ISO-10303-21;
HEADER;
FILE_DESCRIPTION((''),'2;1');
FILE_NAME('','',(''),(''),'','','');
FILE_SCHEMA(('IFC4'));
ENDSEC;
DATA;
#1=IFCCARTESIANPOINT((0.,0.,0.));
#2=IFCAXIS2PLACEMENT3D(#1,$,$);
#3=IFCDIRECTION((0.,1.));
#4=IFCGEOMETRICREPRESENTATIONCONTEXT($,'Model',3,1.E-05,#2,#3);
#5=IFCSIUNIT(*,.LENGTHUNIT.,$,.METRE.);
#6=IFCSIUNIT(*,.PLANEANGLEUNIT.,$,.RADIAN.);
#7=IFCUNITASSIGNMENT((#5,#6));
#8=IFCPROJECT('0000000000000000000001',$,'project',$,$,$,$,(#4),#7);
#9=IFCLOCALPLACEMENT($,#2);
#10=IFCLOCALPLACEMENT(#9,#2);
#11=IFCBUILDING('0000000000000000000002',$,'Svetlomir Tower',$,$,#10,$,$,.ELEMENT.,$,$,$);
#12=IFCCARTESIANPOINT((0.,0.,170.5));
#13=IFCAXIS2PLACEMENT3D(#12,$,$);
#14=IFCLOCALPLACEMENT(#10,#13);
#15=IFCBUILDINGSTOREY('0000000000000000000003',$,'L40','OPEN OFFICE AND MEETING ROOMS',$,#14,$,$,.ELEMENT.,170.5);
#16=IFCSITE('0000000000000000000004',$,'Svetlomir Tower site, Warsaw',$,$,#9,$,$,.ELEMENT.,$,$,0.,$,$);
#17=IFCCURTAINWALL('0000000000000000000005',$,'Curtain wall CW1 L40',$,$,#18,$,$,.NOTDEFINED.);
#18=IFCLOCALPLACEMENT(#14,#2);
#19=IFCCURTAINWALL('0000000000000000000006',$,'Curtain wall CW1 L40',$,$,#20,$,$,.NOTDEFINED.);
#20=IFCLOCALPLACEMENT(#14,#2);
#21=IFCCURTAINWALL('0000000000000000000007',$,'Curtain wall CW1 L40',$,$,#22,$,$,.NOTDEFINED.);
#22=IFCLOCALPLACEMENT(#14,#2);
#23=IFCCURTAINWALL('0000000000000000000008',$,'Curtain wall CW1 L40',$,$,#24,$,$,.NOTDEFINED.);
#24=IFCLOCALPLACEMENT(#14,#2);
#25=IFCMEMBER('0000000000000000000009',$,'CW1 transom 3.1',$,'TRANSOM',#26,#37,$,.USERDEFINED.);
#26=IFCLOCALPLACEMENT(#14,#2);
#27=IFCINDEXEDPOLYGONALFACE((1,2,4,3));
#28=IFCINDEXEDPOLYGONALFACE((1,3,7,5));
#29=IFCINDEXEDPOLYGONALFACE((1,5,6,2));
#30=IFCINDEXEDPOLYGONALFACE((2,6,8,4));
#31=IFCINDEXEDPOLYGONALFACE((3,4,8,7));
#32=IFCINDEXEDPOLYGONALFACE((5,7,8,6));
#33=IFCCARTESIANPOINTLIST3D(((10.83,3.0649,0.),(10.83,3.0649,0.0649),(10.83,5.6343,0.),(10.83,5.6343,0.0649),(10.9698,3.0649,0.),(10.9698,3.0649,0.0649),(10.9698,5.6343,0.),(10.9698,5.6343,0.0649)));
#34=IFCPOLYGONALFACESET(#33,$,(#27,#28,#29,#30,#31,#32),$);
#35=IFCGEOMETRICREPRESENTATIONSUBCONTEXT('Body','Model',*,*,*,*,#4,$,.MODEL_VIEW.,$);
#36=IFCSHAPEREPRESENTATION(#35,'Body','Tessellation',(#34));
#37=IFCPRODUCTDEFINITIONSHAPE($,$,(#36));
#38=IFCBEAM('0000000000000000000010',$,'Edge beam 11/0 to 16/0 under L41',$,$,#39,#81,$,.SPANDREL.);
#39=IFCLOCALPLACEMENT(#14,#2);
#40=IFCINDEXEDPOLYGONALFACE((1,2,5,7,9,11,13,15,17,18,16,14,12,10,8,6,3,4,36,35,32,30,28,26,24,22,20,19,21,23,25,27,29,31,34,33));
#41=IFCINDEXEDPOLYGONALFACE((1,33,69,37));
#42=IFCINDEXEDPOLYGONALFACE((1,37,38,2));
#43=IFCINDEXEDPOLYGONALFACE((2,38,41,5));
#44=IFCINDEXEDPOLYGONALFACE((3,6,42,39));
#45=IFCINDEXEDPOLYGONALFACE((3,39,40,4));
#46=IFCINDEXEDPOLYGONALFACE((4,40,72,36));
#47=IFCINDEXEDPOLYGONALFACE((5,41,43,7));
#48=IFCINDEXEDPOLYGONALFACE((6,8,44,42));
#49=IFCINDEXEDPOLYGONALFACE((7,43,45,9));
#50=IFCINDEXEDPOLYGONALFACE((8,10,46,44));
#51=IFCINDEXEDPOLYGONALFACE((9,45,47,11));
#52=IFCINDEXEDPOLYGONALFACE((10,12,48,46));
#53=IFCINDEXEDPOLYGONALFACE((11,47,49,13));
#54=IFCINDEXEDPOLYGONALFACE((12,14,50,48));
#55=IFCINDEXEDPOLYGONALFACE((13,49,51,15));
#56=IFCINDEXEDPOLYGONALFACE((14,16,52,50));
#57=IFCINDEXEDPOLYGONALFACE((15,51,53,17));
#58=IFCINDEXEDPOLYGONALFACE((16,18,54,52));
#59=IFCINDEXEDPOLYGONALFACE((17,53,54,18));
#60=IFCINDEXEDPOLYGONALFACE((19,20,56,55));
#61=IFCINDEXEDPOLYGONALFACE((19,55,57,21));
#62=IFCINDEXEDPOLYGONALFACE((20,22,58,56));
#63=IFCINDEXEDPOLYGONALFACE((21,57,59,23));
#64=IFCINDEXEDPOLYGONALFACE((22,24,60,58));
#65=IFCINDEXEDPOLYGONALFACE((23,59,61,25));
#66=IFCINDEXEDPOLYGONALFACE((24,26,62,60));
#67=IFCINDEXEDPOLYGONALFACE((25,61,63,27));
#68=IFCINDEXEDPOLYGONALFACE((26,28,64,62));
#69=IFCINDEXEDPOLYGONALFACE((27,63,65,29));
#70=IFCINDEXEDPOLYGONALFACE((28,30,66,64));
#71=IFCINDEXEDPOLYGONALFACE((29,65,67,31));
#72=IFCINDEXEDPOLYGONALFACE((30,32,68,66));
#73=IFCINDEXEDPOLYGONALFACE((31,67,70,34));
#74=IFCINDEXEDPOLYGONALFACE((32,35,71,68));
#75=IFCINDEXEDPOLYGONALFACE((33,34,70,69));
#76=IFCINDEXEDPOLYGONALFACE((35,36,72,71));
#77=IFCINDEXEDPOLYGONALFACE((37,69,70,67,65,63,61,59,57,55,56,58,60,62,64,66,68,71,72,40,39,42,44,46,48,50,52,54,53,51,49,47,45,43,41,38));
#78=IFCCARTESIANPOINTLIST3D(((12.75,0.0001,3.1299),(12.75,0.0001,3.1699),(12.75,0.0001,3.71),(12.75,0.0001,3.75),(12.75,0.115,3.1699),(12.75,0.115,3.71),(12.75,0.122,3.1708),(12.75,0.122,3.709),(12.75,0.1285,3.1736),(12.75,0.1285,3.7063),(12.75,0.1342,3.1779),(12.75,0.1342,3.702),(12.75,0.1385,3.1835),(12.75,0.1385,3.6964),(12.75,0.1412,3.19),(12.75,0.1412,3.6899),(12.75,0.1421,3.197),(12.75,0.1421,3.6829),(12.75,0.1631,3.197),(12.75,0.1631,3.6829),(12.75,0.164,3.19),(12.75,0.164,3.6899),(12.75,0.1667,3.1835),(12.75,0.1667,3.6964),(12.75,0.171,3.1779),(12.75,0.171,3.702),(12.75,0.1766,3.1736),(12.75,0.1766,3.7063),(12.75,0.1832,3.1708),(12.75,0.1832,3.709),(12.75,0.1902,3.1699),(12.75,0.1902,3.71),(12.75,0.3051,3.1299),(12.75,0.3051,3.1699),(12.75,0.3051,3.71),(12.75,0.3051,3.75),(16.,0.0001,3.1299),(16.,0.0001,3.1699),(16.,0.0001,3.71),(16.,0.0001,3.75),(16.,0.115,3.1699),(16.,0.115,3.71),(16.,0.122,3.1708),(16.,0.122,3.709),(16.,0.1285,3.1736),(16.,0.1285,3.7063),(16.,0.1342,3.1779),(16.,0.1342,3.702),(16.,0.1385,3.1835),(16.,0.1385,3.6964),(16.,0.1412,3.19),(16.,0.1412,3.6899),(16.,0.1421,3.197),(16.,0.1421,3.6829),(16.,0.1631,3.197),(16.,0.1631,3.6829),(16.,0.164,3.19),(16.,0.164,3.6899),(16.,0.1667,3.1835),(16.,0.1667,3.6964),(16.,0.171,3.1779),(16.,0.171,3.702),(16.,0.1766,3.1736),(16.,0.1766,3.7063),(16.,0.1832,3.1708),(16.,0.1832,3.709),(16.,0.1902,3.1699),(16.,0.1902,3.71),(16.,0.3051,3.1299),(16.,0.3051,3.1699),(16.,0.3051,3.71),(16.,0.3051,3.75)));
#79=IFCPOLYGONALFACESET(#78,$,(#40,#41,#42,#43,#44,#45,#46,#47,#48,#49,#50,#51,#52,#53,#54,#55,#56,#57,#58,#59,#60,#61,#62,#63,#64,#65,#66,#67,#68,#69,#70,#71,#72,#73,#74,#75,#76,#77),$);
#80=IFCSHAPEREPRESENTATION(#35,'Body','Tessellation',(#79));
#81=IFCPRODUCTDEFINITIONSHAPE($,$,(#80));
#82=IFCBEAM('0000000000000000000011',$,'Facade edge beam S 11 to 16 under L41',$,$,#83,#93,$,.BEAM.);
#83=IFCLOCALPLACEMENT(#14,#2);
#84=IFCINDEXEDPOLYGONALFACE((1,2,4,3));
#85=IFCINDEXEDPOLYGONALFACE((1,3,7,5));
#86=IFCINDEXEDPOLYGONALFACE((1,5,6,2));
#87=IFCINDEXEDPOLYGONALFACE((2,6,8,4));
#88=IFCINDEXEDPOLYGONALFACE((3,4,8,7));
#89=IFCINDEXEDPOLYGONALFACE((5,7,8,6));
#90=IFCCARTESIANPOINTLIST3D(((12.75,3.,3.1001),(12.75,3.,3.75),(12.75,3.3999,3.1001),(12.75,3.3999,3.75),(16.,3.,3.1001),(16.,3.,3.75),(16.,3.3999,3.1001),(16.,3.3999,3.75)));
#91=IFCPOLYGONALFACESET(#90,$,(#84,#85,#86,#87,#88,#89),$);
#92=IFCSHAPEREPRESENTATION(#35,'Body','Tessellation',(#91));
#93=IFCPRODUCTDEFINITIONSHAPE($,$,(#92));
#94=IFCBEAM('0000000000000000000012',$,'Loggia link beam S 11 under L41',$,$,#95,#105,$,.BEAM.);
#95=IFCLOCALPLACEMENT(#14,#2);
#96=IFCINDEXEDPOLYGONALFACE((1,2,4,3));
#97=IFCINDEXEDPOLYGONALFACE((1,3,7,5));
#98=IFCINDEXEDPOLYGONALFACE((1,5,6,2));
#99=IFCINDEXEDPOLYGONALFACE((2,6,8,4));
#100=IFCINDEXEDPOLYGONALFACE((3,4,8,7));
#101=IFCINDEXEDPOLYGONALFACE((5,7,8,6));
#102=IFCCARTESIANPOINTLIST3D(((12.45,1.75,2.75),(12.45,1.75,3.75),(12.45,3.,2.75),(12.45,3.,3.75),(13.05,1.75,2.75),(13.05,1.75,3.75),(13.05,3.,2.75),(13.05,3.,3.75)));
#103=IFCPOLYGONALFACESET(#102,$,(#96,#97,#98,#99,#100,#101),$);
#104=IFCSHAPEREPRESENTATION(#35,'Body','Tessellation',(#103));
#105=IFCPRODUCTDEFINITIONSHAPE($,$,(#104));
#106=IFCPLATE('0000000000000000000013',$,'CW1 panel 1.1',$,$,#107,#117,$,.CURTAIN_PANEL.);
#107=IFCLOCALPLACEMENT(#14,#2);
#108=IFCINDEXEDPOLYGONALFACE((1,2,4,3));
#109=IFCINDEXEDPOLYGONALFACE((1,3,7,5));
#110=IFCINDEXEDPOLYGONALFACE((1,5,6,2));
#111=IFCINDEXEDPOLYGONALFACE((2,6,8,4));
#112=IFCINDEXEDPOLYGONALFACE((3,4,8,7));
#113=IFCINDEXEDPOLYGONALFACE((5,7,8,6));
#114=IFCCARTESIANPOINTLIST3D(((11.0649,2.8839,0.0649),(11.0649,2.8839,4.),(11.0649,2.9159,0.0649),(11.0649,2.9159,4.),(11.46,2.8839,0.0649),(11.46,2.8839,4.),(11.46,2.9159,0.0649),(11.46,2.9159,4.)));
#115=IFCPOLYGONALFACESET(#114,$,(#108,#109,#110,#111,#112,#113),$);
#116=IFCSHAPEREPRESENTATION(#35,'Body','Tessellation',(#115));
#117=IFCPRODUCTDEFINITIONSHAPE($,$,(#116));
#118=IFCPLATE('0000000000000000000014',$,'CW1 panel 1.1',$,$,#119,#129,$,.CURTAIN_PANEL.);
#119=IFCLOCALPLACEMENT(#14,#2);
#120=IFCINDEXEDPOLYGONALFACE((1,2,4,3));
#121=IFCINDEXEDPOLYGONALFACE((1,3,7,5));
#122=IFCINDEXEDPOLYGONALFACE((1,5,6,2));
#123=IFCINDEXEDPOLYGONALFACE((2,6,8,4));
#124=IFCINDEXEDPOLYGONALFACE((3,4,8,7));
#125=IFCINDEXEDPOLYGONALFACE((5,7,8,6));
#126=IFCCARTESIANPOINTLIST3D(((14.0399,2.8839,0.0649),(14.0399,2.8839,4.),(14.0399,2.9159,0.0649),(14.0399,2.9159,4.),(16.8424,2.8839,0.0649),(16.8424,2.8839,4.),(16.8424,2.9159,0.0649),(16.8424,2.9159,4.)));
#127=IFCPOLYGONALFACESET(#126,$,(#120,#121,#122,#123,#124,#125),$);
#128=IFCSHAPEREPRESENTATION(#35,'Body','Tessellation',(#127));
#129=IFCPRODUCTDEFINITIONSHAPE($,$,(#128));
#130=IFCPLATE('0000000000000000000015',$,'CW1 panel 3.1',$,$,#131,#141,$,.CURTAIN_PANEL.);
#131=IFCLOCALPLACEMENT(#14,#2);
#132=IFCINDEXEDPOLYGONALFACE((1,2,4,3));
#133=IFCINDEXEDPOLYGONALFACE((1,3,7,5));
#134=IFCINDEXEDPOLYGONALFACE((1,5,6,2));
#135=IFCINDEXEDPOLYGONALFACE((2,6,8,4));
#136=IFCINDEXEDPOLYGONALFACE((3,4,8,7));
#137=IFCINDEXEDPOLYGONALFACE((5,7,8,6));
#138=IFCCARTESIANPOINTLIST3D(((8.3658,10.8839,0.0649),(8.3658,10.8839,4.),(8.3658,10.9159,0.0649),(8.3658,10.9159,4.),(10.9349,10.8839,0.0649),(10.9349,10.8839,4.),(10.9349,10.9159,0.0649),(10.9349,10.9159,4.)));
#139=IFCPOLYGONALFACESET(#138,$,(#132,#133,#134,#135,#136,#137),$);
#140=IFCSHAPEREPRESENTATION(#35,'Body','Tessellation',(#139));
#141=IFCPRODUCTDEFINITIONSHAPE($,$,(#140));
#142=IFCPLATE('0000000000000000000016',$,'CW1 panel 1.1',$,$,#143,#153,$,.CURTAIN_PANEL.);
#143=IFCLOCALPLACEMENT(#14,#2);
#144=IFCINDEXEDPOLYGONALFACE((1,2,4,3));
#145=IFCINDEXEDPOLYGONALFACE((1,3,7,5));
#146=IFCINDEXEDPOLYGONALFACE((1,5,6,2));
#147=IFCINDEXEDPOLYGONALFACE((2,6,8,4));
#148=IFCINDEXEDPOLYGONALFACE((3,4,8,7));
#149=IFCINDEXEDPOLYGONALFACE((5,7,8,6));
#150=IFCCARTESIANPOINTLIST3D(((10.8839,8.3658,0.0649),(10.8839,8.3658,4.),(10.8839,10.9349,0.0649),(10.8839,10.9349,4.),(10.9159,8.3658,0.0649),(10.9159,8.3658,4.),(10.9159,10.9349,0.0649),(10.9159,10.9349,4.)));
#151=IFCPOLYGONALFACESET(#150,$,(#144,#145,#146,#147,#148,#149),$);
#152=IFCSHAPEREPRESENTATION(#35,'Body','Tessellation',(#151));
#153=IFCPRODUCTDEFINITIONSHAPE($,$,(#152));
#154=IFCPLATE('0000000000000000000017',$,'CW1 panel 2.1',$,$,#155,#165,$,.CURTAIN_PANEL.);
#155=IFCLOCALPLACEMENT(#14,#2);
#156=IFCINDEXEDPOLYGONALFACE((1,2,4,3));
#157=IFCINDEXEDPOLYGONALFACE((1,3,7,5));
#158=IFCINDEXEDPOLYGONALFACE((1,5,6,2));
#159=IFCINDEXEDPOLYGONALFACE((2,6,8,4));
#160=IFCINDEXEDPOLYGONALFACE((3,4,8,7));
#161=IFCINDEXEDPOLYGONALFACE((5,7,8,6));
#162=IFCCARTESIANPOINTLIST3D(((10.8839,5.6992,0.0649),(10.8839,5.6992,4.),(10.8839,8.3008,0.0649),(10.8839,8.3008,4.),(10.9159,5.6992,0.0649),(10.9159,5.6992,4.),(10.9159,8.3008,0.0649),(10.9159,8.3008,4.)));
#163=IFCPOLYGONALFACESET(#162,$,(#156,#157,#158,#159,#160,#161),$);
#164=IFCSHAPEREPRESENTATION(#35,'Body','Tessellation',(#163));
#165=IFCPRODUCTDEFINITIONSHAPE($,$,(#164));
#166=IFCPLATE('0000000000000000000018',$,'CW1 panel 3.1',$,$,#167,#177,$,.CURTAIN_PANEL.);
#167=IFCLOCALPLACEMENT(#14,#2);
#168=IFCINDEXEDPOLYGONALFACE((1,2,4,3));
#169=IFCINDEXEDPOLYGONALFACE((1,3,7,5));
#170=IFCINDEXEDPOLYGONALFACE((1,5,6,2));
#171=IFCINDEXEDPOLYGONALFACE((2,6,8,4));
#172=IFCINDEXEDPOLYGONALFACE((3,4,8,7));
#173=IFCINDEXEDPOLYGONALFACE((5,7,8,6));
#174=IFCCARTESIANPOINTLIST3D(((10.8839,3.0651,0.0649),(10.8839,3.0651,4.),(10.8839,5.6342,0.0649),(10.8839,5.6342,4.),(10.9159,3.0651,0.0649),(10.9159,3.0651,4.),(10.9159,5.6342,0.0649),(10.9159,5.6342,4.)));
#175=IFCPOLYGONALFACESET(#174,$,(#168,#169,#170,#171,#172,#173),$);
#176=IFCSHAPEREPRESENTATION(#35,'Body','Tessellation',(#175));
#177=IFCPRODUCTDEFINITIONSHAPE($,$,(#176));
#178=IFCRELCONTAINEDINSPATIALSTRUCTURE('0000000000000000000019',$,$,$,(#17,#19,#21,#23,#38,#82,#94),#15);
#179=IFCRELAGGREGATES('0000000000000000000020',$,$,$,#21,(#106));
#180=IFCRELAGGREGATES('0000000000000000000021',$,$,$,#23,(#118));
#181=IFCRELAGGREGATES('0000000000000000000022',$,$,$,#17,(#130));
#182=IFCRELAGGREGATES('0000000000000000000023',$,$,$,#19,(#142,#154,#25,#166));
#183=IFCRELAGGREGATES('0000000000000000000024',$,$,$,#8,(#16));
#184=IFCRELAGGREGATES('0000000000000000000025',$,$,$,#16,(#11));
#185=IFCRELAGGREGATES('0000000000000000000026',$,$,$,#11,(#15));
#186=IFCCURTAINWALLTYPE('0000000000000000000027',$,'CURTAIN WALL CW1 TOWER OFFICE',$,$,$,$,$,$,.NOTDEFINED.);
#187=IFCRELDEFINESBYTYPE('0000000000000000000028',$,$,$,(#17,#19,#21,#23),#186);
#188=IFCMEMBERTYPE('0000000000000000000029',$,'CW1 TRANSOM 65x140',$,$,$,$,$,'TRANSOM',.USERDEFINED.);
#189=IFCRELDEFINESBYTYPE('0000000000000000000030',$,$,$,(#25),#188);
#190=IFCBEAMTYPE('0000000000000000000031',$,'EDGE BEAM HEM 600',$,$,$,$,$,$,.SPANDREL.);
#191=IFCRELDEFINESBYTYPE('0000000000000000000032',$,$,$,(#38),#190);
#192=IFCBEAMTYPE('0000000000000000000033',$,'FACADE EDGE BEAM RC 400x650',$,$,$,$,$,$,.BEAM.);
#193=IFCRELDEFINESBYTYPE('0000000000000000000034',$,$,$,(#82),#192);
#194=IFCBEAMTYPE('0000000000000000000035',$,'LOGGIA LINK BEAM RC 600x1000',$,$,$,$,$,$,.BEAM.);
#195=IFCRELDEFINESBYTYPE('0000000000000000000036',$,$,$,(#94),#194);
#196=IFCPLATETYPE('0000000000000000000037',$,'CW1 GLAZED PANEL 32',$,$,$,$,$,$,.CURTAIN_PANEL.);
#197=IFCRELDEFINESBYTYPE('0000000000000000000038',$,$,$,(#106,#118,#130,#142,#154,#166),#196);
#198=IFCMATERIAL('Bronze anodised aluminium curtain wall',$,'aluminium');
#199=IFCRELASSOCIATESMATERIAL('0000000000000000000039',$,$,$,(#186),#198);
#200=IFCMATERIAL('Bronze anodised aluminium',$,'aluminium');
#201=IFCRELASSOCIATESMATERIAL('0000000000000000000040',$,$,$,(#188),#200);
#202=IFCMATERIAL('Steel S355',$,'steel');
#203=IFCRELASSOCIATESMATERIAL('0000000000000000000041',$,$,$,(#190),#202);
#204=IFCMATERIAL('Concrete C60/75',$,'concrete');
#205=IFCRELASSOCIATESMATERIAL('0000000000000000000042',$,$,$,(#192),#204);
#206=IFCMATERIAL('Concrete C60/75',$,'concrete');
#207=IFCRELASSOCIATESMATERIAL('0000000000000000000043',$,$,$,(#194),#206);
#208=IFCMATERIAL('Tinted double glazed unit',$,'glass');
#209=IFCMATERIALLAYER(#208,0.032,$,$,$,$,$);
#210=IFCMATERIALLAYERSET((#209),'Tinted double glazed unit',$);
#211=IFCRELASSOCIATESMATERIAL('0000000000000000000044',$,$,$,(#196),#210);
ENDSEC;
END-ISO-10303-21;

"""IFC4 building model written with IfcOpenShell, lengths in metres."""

from ifc_helpers import new_model, si_unit, direction, frame, origin, origin_2d, place, context, subcontext, project, spatial, rectangle, i_section, extrude, material, layer, layer_set, material_profile, profile_set, type_object, element, aggregate, save


model = new_model("IFC4")

# Units and contexts
model_context = context("Model", 3, precision=1e-05, world=origin(), true_north=direction((0.0, 1.0)))
body_context = subcontext(model_context, "Body", "Model", "MODEL_VIEW")
ifc_project = project(units=[si_unit("LENGTHUNIT", "METRE"), si_unit("PLANEANGLEUNIT", "RADIAN")], contexts=[model_context])

# Site, building, storey
site_placement = place(None, origin())
site = spatial("IfcSite", under=ifc_project, at=site_placement, Name="Svetlomir Tower site, Warsaw", CompositionType="ELEMENT", RefElevation=0.0)
building_placement = place(site_placement, origin())
building = spatial("IfcBuilding", under=site, at=building_placement, Name="Svetlomir Tower", CompositionType="ELEMENT")
storey_placement = place(building_placement, frame((0.0, 0.0, 170.5)))
storey = spatial("IfcBuildingStorey", under=building, at=storey_placement, Name="L40", Description="OPEN OFFICE AND MEETING ROOMS", CompositionType="ELEMENT", Elevation=170.5)

# Curtain walls
ifc_material_1 = material(Name="Bronze anodised aluminium curtain wall", Category="aluminium")
curtain_wall_type = type_object("IfcCurtainWallType", Name="CURTAIN WALL CW1 TOWER OFFICE", PredefinedType="NOTDEFINED", material=ifc_material_1)
curtain_wall_1_placement = place(storey_placement, origin())
curtain_wall_1 = element("IfcCurtainWall", 1, at=curtain_wall_1_placement, inside=storey, type_object=curtain_wall_type, Name="Curtain wall CW1 L40", PredefinedType="NOTDEFINED")
curtain_wall_2_placement = place(storey_placement, origin())
curtain_wall_2 = element("IfcCurtainWall", 2, at=curtain_wall_2_placement, inside=storey, type_object=curtain_wall_type, Name="Curtain wall CW1 L40", PredefinedType="NOTDEFINED")

# Curtain wall
curtain_wall_3_placement = place(storey_placement, origin())
curtain_wall_3 = element("IfcCurtainWall", 3, at=curtain_wall_3_placement, inside=storey, type_object=curtain_wall_type, Name="Curtain wall CW1 L40", PredefinedType="NOTDEFINED")

# Curtain wall
curtain_wall_4_placement = place(storey_placement, origin())
curtain_wall_4 = element("IfcCurtainWall", 4, at=curtain_wall_4_placement, inside=storey, type_object=curtain_wall_type, Name="Curtain wall CW1 L40", PredefinedType="NOTDEFINED")

# Member
ifc_material_2 = material(Name="Bronze anodised aluminium", Category="aluminium")
ifc_material_profile_1 = material_profile(ifc_material_2, rectangle(XDim=0.1399, YDim=0.0649, at=origin_2d()), Name="AL 140x65")
ifc_profile_set_1 = profile_set([ifc_material_profile_1], Name="Bronze anodised aluminium 6063-T6")
member_type_1 = type_object("IfcMemberType", Name="CW1 TRANSOM 65x140", ElementType="TRANSOM", PredefinedType="USERDEFINED", material=ifc_profile_set_1)
member_1_placement = place(storey_placement, frame((10.8999, 5.6343, 0.0325), z_axis=(0.0, -1.0, 0.0), x_axis=(1.0, 0.0, 0.0)))
member_1 = element("IfcMember", 5, at=member_1_placement, type_object=member_type_1, Name="CW1 transom 3.1", ObjectType="TRANSOM", PredefinedType="USERDEFINED", context=body_context, shape_type="SweptSolid", body=[
    extrude(rectangle(XDim=0.1399, YDim=0.0649, at=origin_2d()), origin(), (0.0, 0.0, 1.0), 2.5693),
])

# Beams
ifc_material_3 = material(Name="Steel S355", Category="steel")
ifc_material_profile_2 = material_profile(ifc_material_3, i_section(OverallWidth=0.3049, OverallDepth=0.6201, WebThickness=0.021, FlangeThickness=0.04, FilletRadius=0.0271, at=origin_2d()), Name="HEM 600")
ifc_profile_set_2 = profile_set([ifc_material_profile_2], Name="Steel S355")
beam_type_1 = type_object("IfcBeamType", Name="EDGE BEAM HEM 600", PredefinedType="SPANDREL", material=ifc_profile_set_2)
beam_1_placement = place(storey_placement, frame((12.75, 0.1526, 3.4399), z_axis=(1.0, 0.0, 0.0), x_axis=(0.0, 1.0, 0.0)))
element("IfcBeam", 6, at=beam_1_placement, inside=storey, type_object=beam_type_1, Name="Edge beam 11/0 to 16/0 under L41", PredefinedType="SPANDREL", context=body_context, shape_type="SweptSolid", body=[
    extrude(i_section(OverallWidth=0.3049, OverallDepth=0.6201, WebThickness=0.021, FlangeThickness=0.04, FilletRadius=0.0271, at=origin_2d()), origin(), (0.0, 0.0, 1.0), 3.25),
])
ifc_material_4 = material(Name="Concrete C60/75", Category="concrete")
ifc_material_profile_3 = material_profile(ifc_material_4, rectangle(XDim=0.3999, YDim=0.6499, at=origin_2d()), Name="RC 400x650")
ifc_profile_set_3 = profile_set([ifc_material_profile_3], Name="Concrete C60/75")
beam_type_2 = type_object("IfcBeamType", Name="FACADE EDGE BEAM RC 400x650", PredefinedType="BEAM", material=ifc_profile_set_3)
beam_2_placement = place(storey_placement, frame((12.75, 3.2, 3.425), z_axis=(1.0, 0.0, 0.0), x_axis=(0.0, 1.0, 0.0)))
element("IfcBeam", 7, at=beam_2_placement, inside=storey, type_object=beam_type_2, Name="Facade edge beam S 11 to 16 under L41", PredefinedType="BEAM", context=body_context, shape_type="SweptSolid", body=[
    extrude(rectangle(XDim=0.3999, YDim=0.6499, at=origin_2d()), origin(), (0.0, 0.0, 1.0), 3.25),
])
ifc_material_5 = material(Name="Concrete C60/75", Category="concrete")
ifc_material_profile_4 = material_profile(ifc_material_5, rectangle(XDim=0.6001, YDim=1.0, at=origin_2d()), Name="RC 600x1000")
ifc_profile_set_4 = profile_set([ifc_material_profile_4], Name="Concrete C60/75")
beam_type_3 = type_object("IfcBeamType", Name="LOGGIA LINK BEAM RC 600x1000", PredefinedType="BEAM", material=ifc_profile_set_4)
beam_3_placement = place(storey_placement, frame((12.75, 1.75, 3.25), z_axis=(0.0, 1.0, 0.0), x_axis=(-1.0, 0.0, 0.0)))
element("IfcBeam", 8, at=beam_3_placement, inside=storey, type_object=beam_type_3, Name="Loggia link beam S 11 under L41", PredefinedType="BEAM", context=body_context, shape_type="SweptSolid", body=[
    extrude(rectangle(XDim=0.6001, YDim=1.0, at=origin_2d()), origin(), (0.0, 0.0, 1.0), 1.25),
])

# Plates
ifc_material_6 = material(Name="Tinted double glazed unit", Category="glass")
ifc_layer = layer(ifc_material_6, 0.032)
ifc_layer_set = layer_set([ifc_layer], Name="Tinted double glazed unit")
plate_type = type_object("IfcPlateType", Name="CW1 GLAZED PANEL 32", PredefinedType="CURTAIN_PANEL", material=ifc_layer_set)
plate_1_placement = place(storey_placement, frame((11.2625, 2.8999, 0.0649), z_axis=(0.0, 0.0, 1.0), x_axis=(1.0, 0.0, 0.0)))
plate_1 = element("IfcPlate", 9, at=plate_1_placement, type_object=plate_type, Name="CW1 panel 1.1", PredefinedType="CURTAIN_PANEL", context=body_context, shape_type="SweptSolid", body=[
    extrude(rectangle(XDim=0.395, YDim=0.032, at=origin_2d()), origin(), (0.0, 0.0, 1.0), 3.9351),
])
aggregate(curtain_wall_3, [plate_1])
plate_2_placement = place(storey_placement, frame((15.4412, 2.8999, 0.0649), z_axis=(0.0, 0.0, 1.0), x_axis=(1.0, 0.0, 0.0)))
plate_2 = element("IfcPlate", 10, at=plate_2_placement, type_object=plate_type, Name="CW1 panel 1.1", PredefinedType="CURTAIN_PANEL", context=body_context, shape_type="SweptSolid", body=[
    extrude(rectangle(XDim=2.8025, YDim=0.032, at=origin_2d()), origin(), (0.0, 0.0, 1.0), 3.9351),
])
aggregate(curtain_wall_4, [plate_2])
plate_3_placement = place(storey_placement, frame((9.6504, 10.8999, 0.0649), z_axis=(0.0, 0.0, 1.0), x_axis=(1.0, 0.0, 0.0)))
plate_3 = element("IfcPlate", 11, at=plate_3_placement, type_object=plate_type, Name="CW1 panel 3.1", PredefinedType="CURTAIN_PANEL", context=body_context, shape_type="SweptSolid", body=[
    extrude(rectangle(XDim=2.5691, YDim=0.032, at=origin_2d()), origin(), (0.0, 0.0, 1.0), 3.9351),
])
aggregate(curtain_wall_1, [plate_3])
plate_4_placement = place(storey_placement, frame((10.8999, 9.6504, 0.0649), z_axis=(0.0, 0.0, 1.0), x_axis=(0.0, -1.0, 0.0)))
plate_4 = element("IfcPlate", 12, at=plate_4_placement, type_object=plate_type, Name="CW1 panel 1.1", PredefinedType="CURTAIN_PANEL", context=body_context, shape_type="SweptSolid", body=[
    extrude(rectangle(XDim=2.5691, YDim=0.032, at=origin_2d()), origin(), (0.0, 0.0, 1.0), 3.9351),
])
plate_5_placement = place(storey_placement, frame((10.8999, 7.0, 0.0649), z_axis=(0.0, 0.0, 1.0), x_axis=(0.0, -1.0, 0.0)))
plate_5 = element("IfcPlate", 13, at=plate_5_placement, type_object=plate_type, Name="CW1 panel 2.1", PredefinedType="CURTAIN_PANEL", context=body_context, shape_type="SweptSolid", body=[
    extrude(rectangle(XDim=2.6016, YDim=0.032, at=origin_2d()), origin(), (0.0, 0.0, 1.0), 3.9351),
])
plate_6_placement = place(storey_placement, frame((10.8999, 4.3496, 0.0649), z_axis=(0.0, 0.0, 1.0), x_axis=(0.0, -1.0, 0.0)))
plate_6 = element("IfcPlate", 14, at=plate_6_placement, type_object=plate_type, Name="CW1 panel 3.1", PredefinedType="CURTAIN_PANEL", context=body_context, shape_type="SweptSolid", body=[
    extrude(rectangle(XDim=2.5691, YDim=0.032, at=origin_2d()), origin(), (0.0, 0.0, 1.0), 3.9351),
])
aggregate(curtain_wall_2, [plate_4, plate_5, member_1, plate_6])

save(model, "model.ifc")
